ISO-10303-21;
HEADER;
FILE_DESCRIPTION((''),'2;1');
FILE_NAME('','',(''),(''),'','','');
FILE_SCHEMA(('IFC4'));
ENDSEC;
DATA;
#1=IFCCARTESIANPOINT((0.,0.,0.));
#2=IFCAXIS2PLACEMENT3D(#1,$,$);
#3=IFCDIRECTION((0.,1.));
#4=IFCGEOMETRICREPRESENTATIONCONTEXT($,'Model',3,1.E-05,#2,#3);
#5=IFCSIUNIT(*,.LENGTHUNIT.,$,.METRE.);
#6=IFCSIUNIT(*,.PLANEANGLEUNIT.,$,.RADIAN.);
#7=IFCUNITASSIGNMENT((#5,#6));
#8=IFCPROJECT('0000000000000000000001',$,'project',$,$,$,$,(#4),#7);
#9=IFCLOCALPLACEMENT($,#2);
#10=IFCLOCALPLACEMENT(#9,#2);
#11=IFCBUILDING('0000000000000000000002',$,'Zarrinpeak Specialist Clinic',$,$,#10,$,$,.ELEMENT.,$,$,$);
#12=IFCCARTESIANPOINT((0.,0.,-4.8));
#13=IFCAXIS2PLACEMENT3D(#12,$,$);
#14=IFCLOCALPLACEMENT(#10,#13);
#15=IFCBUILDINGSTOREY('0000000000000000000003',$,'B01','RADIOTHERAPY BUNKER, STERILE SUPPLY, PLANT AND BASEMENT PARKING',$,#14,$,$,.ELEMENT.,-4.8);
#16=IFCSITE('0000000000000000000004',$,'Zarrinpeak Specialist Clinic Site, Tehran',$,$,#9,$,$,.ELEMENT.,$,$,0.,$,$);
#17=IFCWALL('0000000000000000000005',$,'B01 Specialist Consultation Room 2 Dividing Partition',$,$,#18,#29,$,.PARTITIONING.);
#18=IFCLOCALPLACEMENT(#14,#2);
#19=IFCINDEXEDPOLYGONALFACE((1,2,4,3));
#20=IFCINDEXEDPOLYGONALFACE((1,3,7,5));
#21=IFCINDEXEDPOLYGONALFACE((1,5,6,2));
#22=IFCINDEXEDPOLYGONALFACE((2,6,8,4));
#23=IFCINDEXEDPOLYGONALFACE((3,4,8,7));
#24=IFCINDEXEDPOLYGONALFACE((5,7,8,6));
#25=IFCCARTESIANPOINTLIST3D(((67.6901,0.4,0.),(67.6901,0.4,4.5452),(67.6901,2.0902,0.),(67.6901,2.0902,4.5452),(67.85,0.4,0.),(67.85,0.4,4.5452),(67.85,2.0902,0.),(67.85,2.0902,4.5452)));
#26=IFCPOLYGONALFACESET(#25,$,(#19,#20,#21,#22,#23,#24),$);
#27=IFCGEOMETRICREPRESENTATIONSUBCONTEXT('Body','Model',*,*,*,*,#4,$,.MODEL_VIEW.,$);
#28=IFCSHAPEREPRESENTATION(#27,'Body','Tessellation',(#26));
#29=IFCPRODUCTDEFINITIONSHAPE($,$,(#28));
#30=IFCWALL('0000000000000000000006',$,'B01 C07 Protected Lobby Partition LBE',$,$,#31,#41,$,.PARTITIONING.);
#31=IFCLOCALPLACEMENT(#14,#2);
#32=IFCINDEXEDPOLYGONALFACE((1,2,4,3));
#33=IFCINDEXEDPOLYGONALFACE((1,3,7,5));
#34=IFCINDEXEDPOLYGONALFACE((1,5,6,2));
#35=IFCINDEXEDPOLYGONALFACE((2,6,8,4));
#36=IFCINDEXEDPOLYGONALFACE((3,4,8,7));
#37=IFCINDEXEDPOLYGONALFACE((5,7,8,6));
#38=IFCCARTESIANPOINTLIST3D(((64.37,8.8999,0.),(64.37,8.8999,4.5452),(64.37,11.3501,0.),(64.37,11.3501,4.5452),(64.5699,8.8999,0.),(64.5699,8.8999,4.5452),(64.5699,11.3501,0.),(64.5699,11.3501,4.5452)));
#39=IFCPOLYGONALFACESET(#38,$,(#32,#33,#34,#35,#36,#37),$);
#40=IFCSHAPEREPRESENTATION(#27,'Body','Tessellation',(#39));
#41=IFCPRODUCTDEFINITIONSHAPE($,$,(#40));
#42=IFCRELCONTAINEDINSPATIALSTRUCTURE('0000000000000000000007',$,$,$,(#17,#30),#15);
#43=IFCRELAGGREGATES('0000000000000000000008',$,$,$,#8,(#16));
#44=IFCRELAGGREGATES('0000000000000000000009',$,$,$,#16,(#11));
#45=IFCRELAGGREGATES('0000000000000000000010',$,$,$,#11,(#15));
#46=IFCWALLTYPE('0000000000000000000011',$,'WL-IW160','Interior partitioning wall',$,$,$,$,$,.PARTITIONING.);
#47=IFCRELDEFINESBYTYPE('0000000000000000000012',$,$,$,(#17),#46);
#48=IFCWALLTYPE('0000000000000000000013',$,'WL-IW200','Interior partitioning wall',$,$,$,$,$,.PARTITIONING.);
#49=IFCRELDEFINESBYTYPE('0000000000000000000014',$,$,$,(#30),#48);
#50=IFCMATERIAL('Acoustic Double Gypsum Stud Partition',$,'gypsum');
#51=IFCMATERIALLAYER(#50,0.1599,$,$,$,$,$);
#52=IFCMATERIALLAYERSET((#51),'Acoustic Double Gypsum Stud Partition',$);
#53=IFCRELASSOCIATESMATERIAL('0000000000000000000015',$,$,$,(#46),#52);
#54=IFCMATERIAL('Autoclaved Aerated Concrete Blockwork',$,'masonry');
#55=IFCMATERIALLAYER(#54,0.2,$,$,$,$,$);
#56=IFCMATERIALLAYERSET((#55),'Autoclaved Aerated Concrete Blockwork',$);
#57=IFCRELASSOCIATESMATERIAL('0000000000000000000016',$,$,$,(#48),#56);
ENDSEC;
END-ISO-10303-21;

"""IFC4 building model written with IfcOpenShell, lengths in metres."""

from ifc_helpers import new_model, si_unit, direction, frame, frame_2d, origin, place, context, subcontext, project, spatial, rectangle, extrude, material, layer, layer_set, type_object, element, save


model = new_model("IFC4")

# Units and contexts
model_context = context("Model", 3, precision=1e-05, world=origin(), true_north=direction((0.0, 1.0)))
body_context = subcontext(model_context, "Body", "Model", "MODEL_VIEW")
ifc_project = project(units=[si_unit("LENGTHUNIT", "METRE"), si_unit("PLANEANGLEUNIT", "RADIAN")], contexts=[model_context])

# Site, building, storey
site_placement = place(None, origin())
site = spatial("IfcSite", under=ifc_project, at=site_placement, Name="Zarrinpeak Specialist Clinic Site, Tehran", CompositionType="ELEMENT", RefElevation=0.0)
building_placement = place(site_placement, origin())
building = spatial("IfcBuilding", under=site, at=building_placement, Name="Zarrinpeak Specialist Clinic", CompositionType="ELEMENT")
storey_placement = place(building_placement, frame((0.0, 0.0, -4.8)))
storey = spatial("IfcBuildingStorey", under=building, at=storey_placement, Name="B01", Description="RADIOTHERAPY BUNKER, STERILE SUPPLY, PLANT AND BASEMENT PARKING", CompositionType="ELEMENT", Elevation=-4.8)

# Walls
ifc_material_1 = material(Name="Acoustic Double Gypsum Stud Partition", Category="gypsum")
ifc_layer_1 = layer(ifc_material_1, 0.1599)
ifc_layer_set_1 = layer_set([ifc_layer_1], Name="Acoustic Double Gypsum Stud Partition")
wall_type_1 = type_object("IfcWallType", Name="WL-IW160", Description="Interior partitioning wall", PredefinedType="PARTITIONING", material=ifc_layer_set_1)
wall_1_placement = place(storey_placement, frame((67.77, 0.3999, 0.0), z_axis=(0.0, 0.0, 1.0), x_axis=(0.0, 1.0, 0.0)))
element("IfcWall", 1, at=wall_1_placement, inside=storey, type_object=wall_type_1, Name="B01 Specialist Consultation Room 2 Dividing Partition", PredefinedType="PARTITIONING", context=body_context, shape_type="SweptSolid", body=[
    extrude(rectangle(XDim=1.6902, YDim=0.1599, at=frame_2d((0.8452, 0.0))), origin(), (0.0, 0.0, 1.0), 4.5452),
])
ifc_material_2 = material(Name="Autoclaved Aerated Concrete Blockwork", Category="masonry")
ifc_layer_2 = layer(ifc_material_2, 0.2)
ifc_layer_set_2 = layer_set([ifc_layer_2], Name="Autoclaved Aerated Concrete Blockwork")
wall_type_2 = type_object("IfcWallType", Name="WL-IW200", Description="Interior partitioning wall", PredefinedType="PARTITIONING", material=ifc_layer_set_2)
wall_2_placement = place(storey_placement, frame((64.47, 8.8999, 0.0), z_axis=(0.0, 0.0, 1.0), x_axis=(0.0, 1.0, 0.0)))
element("IfcWall", 2, at=wall_2_placement, inside=storey, type_object=wall_type_2, Name="B01 C07 Protected Lobby Partition LBE", PredefinedType="PARTITIONING", context=body_context, shape_type="SweptSolid", body=[
    extrude(rectangle(XDim=2.4502, YDim=0.2, at=frame_2d((1.2251, 0.0))), origin(), (0.0, 0.0, 1.0), 4.5452),
])

save(model, "model.ifc")
